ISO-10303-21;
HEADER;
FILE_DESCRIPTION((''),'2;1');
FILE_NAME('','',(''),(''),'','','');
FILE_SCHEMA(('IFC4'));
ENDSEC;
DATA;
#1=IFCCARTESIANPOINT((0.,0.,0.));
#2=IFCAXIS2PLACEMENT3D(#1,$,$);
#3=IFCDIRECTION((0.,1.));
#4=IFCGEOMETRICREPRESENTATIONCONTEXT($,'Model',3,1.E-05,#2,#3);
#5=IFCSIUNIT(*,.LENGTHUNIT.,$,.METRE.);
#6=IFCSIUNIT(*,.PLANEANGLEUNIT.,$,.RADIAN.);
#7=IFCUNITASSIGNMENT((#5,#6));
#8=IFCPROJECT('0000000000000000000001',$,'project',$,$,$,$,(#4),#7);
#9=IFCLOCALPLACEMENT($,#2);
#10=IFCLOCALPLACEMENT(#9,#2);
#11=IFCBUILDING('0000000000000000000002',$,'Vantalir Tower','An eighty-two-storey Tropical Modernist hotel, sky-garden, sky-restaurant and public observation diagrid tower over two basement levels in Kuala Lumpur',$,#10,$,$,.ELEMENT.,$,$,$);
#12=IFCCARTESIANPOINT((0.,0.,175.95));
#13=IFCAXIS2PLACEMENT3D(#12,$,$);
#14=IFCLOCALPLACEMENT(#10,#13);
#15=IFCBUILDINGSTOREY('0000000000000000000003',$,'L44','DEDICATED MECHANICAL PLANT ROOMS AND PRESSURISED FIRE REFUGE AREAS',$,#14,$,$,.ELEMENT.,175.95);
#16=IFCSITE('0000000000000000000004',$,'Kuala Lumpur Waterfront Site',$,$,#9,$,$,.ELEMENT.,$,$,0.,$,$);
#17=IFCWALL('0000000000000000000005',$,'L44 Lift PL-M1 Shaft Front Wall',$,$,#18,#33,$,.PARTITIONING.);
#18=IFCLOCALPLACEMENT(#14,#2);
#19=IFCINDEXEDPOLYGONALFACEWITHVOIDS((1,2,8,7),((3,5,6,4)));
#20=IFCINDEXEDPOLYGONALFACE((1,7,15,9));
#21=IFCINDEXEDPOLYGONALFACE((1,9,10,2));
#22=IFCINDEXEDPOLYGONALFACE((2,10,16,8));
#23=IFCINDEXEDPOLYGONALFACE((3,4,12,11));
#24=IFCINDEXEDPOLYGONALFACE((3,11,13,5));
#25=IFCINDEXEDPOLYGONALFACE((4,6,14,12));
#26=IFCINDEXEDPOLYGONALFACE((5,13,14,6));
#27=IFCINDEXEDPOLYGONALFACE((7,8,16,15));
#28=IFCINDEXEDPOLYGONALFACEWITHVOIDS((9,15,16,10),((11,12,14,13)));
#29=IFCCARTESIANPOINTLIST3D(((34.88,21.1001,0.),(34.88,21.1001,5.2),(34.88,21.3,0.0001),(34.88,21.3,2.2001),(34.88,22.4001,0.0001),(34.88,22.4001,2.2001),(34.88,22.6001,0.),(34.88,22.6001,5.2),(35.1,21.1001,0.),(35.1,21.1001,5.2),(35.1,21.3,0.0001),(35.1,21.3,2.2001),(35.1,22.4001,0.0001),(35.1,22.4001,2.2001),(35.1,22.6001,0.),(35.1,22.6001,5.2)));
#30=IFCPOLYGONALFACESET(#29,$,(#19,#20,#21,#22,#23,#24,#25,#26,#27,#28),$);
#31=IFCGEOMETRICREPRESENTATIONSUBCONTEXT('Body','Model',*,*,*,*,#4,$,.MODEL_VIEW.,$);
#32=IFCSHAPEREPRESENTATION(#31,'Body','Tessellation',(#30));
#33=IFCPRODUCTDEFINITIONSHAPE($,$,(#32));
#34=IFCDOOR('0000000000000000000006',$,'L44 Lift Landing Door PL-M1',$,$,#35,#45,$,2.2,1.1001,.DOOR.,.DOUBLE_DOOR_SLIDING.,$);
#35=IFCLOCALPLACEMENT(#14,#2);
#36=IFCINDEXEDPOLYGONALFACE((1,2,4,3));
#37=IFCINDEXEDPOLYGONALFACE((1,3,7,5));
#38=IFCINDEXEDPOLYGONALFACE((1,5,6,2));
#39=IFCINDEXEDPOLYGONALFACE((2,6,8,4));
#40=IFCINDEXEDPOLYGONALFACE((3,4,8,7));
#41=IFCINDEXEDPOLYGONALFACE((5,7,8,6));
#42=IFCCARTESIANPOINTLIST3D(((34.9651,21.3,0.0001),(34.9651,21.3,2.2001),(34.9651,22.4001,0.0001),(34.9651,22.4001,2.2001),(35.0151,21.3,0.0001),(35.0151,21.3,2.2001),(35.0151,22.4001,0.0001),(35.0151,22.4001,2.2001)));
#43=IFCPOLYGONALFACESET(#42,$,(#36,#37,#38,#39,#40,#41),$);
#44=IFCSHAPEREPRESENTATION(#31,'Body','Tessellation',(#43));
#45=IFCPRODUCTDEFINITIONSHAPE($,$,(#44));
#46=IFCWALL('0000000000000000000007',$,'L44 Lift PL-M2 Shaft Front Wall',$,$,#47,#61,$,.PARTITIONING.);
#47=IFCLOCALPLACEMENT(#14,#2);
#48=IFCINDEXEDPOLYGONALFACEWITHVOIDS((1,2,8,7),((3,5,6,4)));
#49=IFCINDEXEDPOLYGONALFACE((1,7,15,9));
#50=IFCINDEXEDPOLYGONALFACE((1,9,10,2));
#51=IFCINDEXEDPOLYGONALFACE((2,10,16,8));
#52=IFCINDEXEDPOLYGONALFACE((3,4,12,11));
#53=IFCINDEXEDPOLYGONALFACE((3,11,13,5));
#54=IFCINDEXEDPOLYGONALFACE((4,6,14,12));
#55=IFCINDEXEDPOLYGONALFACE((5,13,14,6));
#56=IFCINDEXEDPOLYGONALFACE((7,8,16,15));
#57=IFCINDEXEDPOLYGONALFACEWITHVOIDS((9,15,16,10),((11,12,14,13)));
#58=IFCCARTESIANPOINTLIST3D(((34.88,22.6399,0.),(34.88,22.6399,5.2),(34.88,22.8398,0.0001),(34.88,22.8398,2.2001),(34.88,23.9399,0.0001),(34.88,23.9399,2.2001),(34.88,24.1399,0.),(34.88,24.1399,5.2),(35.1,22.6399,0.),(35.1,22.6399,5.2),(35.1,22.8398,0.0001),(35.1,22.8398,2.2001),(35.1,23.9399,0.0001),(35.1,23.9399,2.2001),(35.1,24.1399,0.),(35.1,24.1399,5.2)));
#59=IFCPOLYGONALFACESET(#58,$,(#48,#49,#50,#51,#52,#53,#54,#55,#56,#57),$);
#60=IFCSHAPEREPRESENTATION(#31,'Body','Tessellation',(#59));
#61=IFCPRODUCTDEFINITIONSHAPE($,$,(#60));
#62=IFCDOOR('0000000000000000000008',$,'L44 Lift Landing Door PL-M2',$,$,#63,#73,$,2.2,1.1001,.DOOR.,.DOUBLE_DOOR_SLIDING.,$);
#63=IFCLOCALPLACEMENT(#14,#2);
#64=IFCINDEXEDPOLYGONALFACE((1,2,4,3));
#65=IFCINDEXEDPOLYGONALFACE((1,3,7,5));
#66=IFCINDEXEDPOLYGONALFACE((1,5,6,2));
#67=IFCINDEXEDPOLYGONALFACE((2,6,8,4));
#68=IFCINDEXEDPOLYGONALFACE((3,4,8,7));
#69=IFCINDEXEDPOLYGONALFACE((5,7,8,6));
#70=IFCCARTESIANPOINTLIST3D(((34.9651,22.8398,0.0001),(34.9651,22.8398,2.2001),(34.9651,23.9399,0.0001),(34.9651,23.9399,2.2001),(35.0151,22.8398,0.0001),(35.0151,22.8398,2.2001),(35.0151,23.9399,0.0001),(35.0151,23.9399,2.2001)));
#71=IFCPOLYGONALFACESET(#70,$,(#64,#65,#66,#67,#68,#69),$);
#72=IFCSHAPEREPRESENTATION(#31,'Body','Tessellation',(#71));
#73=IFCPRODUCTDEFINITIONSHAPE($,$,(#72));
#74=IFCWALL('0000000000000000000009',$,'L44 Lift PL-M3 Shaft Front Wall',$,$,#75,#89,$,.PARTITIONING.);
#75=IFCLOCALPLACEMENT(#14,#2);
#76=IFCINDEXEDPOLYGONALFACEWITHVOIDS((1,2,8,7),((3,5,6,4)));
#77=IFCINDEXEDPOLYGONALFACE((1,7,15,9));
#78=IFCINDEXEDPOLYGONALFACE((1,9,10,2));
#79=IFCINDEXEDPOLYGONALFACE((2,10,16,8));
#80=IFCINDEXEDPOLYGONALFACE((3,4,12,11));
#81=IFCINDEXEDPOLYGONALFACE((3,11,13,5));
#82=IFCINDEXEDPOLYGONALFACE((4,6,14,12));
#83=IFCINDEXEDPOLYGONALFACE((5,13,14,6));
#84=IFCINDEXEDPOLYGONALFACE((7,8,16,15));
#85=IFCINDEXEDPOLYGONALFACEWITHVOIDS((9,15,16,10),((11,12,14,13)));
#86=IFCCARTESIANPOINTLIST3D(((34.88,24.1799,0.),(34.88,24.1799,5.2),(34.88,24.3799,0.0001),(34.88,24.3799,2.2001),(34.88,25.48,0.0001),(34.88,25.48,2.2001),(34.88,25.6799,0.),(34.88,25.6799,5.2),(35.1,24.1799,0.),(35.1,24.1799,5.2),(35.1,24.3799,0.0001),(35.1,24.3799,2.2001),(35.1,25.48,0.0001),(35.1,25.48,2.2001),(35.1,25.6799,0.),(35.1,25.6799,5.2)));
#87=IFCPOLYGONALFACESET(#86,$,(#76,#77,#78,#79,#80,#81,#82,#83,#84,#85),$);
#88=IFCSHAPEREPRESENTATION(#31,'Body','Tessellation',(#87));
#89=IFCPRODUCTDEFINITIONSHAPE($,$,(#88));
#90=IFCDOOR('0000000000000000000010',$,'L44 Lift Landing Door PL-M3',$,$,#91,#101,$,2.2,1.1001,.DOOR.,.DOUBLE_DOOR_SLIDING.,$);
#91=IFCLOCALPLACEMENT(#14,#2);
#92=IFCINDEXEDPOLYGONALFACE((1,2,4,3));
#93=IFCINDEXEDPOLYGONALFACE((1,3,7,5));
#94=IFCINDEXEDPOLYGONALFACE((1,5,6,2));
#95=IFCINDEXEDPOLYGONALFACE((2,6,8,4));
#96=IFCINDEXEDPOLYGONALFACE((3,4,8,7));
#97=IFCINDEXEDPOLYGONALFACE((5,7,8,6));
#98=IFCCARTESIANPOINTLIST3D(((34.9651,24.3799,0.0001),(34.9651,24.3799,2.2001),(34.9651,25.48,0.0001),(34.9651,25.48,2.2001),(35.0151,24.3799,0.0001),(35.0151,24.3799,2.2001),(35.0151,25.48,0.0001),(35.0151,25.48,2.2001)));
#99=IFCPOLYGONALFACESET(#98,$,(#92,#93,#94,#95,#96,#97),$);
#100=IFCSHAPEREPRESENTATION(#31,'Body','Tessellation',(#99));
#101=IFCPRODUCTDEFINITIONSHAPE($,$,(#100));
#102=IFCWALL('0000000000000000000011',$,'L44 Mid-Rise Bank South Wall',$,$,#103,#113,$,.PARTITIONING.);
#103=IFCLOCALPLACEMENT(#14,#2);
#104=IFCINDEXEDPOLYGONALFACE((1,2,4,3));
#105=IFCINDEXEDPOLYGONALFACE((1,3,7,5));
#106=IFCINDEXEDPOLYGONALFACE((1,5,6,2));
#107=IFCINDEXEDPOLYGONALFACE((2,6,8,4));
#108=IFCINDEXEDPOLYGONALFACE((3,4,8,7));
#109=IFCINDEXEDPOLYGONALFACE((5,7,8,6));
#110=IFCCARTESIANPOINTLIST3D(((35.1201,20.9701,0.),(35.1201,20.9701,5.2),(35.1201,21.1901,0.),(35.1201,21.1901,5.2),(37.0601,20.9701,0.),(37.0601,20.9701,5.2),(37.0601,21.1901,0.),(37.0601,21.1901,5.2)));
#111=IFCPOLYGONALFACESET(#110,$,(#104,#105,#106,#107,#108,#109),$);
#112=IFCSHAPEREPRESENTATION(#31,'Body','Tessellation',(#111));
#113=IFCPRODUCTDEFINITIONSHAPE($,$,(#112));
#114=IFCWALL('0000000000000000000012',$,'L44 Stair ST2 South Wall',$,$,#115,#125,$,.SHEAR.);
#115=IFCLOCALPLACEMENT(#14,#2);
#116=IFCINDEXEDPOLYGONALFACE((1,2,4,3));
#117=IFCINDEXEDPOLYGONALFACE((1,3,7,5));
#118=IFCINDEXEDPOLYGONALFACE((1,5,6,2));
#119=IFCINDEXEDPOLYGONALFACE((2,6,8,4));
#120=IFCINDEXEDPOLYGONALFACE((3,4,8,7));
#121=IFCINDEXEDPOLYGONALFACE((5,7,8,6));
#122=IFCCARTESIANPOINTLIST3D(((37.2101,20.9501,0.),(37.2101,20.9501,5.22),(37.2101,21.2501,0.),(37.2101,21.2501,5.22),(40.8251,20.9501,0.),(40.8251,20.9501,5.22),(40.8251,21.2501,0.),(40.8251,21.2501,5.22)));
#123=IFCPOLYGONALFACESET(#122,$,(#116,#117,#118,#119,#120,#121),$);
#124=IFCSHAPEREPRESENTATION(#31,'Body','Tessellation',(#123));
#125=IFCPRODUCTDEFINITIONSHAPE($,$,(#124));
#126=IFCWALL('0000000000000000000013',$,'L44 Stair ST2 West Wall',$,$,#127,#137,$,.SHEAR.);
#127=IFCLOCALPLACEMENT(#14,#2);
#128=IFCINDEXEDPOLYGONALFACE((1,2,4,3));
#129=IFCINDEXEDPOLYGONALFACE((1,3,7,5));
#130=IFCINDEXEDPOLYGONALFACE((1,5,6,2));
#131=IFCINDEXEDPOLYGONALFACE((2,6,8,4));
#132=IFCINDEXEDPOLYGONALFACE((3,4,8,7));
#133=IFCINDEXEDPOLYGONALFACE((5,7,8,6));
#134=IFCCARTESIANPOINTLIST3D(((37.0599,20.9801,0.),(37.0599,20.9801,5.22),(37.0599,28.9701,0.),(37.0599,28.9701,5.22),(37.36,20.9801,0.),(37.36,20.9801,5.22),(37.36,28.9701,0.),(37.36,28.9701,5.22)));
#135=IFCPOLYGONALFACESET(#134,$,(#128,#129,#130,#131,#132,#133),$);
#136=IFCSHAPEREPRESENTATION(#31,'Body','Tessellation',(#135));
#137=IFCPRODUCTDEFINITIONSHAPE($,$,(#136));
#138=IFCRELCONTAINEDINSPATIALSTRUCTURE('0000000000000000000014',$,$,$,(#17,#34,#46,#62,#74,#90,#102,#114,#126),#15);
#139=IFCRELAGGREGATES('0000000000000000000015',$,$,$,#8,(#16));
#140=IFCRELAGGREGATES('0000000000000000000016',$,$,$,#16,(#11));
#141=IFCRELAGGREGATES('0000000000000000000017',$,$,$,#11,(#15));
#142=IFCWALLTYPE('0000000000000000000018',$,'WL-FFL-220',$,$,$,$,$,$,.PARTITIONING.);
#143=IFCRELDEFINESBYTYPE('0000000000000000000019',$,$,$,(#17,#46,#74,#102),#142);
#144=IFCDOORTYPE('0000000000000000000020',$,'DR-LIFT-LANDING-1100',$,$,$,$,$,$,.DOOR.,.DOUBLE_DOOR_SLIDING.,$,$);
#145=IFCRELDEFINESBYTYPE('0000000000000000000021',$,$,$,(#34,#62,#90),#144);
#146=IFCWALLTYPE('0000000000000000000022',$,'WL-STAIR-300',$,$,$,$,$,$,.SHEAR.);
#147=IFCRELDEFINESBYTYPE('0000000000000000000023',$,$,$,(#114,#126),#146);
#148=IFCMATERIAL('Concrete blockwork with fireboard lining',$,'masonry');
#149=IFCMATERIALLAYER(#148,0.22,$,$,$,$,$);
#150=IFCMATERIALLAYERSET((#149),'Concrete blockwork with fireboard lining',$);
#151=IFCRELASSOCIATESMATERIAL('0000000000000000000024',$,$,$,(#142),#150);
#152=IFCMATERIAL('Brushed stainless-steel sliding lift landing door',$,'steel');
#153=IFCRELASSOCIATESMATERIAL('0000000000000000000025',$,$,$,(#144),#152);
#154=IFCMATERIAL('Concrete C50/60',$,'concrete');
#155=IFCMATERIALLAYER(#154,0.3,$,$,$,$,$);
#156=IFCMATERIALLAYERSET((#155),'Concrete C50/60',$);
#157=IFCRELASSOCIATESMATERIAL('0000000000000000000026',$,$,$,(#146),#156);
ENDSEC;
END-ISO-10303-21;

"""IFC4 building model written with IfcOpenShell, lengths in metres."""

from ifc_helpers import new_model, si_unit, direction, frame, frame_2d, origin, place, context, subcontext, project, spatial, rectangle, extrude, material, layer, layer_set, type_object, element, fill, save


model = new_model("IFC4")

# Units and contexts
model_context = context("Model", 3, precision=1e-05, world=origin(), true_north=direction((0.0, 1.0)))
body_context = subcontext(model_context, "Body", "Model", "MODEL_VIEW")
ifc_project = project(units=[si_unit("LENGTHUNIT", "METRE"), si_unit("PLANEANGLEUNIT", "RADIAN")], contexts=[model_context])

# Site, building, storey
site_placement = place(None, origin())
site = spatial("IfcSite", under=ifc_project, at=site_placement, Name="Kuala Lumpur Waterfront Site", CompositionType="ELEMENT", RefElevation=0.0)
building_placement = place(site_placement, origin())
building = spatial("IfcBuilding", under=site, at=building_placement, Name="Vantalir Tower", Description="An eighty-two-storey Tropical Modernist hotel, sky-garden, sky-restaurant and public observation diagrid tower over two basement levels in Kuala Lumpur", CompositionType="ELEMENT")
storey_placement = place(building_placement, frame((0.0, 0.0, 175.95)))
storey = spatial("IfcBuildingStorey", under=building, at=storey_placement, Name="L44", Description="DEDICATED MECHANICAL PLANT ROOMS AND PRESSURISED FIRE REFUGE AREAS", CompositionType="ELEMENT", Elevation=175.95)

# Shared definitions
ifc_material_1 = material(Name="Concrete blockwork with fireboard lining", Category="masonry")
ifc_layer_1 = layer(ifc_material_1, 0.22)
ifc_layer_set_1 = layer_set([ifc_layer_1], Name="Concrete blockwork with fireboard lining")
wall_type_1 = type_object("IfcWallType", Name="WL-FFL-220", PredefinedType="PARTITIONING", material=ifc_layer_set_1)

# Walls, openings, doors
wall_1_placement = place(storey_placement, frame((34.99, 21.1001, 0.0), z_axis=(0.0, 0.0, 1.0), x_axis=(0.0, 1.0, 0.0)))
wall_1 = element("IfcWall", 1, at=wall_1_placement, inside=storey, type_object=wall_type_1, Name="L44 Lift PL-M1 Shaft Front Wall", PredefinedType="PARTITIONING", context=body_context, shape_type="SweptSolid", body=[
    extrude(rectangle(XDim=1.5, YDim=0.22, at=frame_2d((0.75, 0.0))), origin(), (0.0, 0.0, 1.0), 5.2),
])
opening_1_placement = place(wall_1_placement, frame((0.2, 0.0, 0.0)))
opening_1 = element("IfcOpeningElement", 2, at=opening_1_placement, cuts=wall_1, PredefinedType="OPENING", context=body_context, shape_type="SweptSolid", body=[
    extrude(rectangle(XDim=1.1001, YDim=2.2, at=frame_2d((0.55, 1.1001))), frame((0.0, 0.1199, 0.0), z_axis=(0.0, -1.0, 0.0), x_axis=(1.0, 0.0, 0.0)), (0.0, 0.0, 1.0), 0.24),
])
ifc_material_2 = material(Name="Brushed stainless-steel sliding lift landing door", Category="steel")
door_type_1 = type_object("IfcDoorType", Name="DR-LIFT-LANDING-1100", OperationType="DOUBLE_DOOR_SLIDING", PredefinedType="DOOR", material=ifc_material_2)
door_1_placement = place(opening_1_placement, origin())
door_1 = element("IfcDoor", 3, at=door_1_placement, inside=storey, type_object=door_type_1, Name="L44 Lift Landing Door PL-M1", OperationType="DOUBLE_DOOR_SLIDING", OverallHeight=2.2, OverallWidth=1.1001, PredefinedType="DOOR", context=body_context, shape_type="SweptSolid", body=[
    extrude(rectangle(XDim=1.1001, YDim=2.2, at=frame_2d((0.55, 1.1001))), frame((0.0, 0.0249, 0.0), z_axis=(0.0, -1.0, 0.0), x_axis=(1.0, 0.0, 0.0)), (0.0, 0.0, 1.0), 0.05),
])
fill(opening_1, door_1)
wall_2_placement = place(storey_placement, frame((34.99, 22.6399, 0.0), z_axis=(0.0, 0.0, 1.0), x_axis=(0.0, 1.0, 0.0)))
wall_2 = element("IfcWall", 4, at=wall_2_placement, inside=storey, type_object=wall_type_1, Name="L44 Lift PL-M2 Shaft Front Wall", PredefinedType="PARTITIONING", context=body_context, shape_type="SweptSolid", body=[
    extrude(rectangle(XDim=1.5, YDim=0.22, at=frame_2d((0.75, 0.0))), origin(), (0.0, 0.0, 1.0), 5.2),
])
opening_2_placement = place(wall_2_placement, frame((0.2, 0.0, 0.0)))
opening_2 = element("IfcOpeningElement", 5, at=opening_2_placement, cuts=wall_2, PredefinedType="OPENING", context=body_context, shape_type="SweptSolid", body=[
    extrude(rectangle(XDim=1.1001, YDim=2.2, at=frame_2d((0.55, 1.1001))), frame((0.0, 0.1199, 0.0), z_axis=(0.0, -1.0, 0.0), x_axis=(1.0, 0.0, 0.0)), (0.0, 0.0, 1.0), 0.24),
])
door_2_placement = place(opening_2_placement, origin())
door_2 = element("IfcDoor", 6, at=door_2_placement, inside=storey, type_object=door_type_1, Name="L44 Lift Landing Door PL-M2", OperationType="DOUBLE_DOOR_SLIDING", OverallHeight=2.2, OverallWidth=1.1001, PredefinedType="DOOR", context=body_context, shape_type="SweptSolid", body=[
    extrude(rectangle(XDim=1.1001, YDim=2.2, at=frame_2d((0.55, 1.1001))), frame((0.0, 0.0249, 0.0), z_axis=(0.0, -1.0, 0.0), x_axis=(1.0, 0.0, 0.0)), (0.0, 0.0, 1.0), 0.05),
])
fill(opening_2, door_2)
wall_3_placement = place(storey_placement, frame((34.99, 24.1799, 0.0), z_axis=(0.0, 0.0, 1.0), x_axis=(0.0, 1.0, 0.0)))
wall_3 = element("IfcWall", 7, at=wall_3_placement, inside=storey, type_object=wall_type_1, Name="L44 Lift PL-M3 Shaft Front Wall", PredefinedType="PARTITIONING", context=body_context, shape_type="SweptSolid", body=[
    extrude(rectangle(XDim=1.5, YDim=0.22, at=frame_2d((0.75, 0.0))), origin(), (0.0, 0.0, 1.0), 5.2),
])
opening_3_placement = place(wall_3_placement, frame((0.2, 0.0, 0.0)))
opening_3 = element("IfcOpeningElement", 8, at=opening_3_placement, cuts=wall_3, PredefinedType="OPENING", context=body_context, shape_type="SweptSolid", body=[
    extrude(rectangle(XDim=1.1001, YDim=2.2, at=frame_2d((0.55, 1.1001))), frame((0.0, 0.1199, 0.0), z_axis=(0.0, -1.0, 0.0), x_axis=(1.0, 0.0, 0.0)), (0.0, 0.0, 1.0), 0.24),
])
door_3_placement = place(opening_3_placement, origin())
door_3 = element("IfcDoor", 9, at=door_3_placement, inside=storey, type_object=door_type_1, Name="L44 Lift Landing Door PL-M3", OperationType="DOUBLE_DOOR_SLIDING", OverallHeight=2.2, OverallWidth=1.1001, PredefinedType="DOOR", context=body_context, shape_type="SweptSolid", body=[
    extrude(rectangle(XDim=1.1001, YDim=2.2, at=frame_2d((0.55, 1.1001))), frame((0.0, 0.0249, 0.0), z_axis=(0.0, -1.0, 0.0), x_axis=(1.0, 0.0, 0.0)), (0.0, 0.0, 1.0), 0.05),
])
fill(opening_3, door_3)

# Walls
wall_4_placement = place(storey_placement, frame((35.1201, 21.0801, 0.0), z_axis=(0.0, 0.0, 1.0), x_axis=(1.0, 0.0, 0.0)))
element("IfcWall", 10, at=wall_4_placement, inside=storey, type_object=wall_type_1, Name="L44 Mid-Rise Bank South Wall", PredefinedType="PARTITIONING", context=body_context, shape_type="SweptSolid", body=[
    extrude(rectangle(XDim=1.9399, YDim=0.22, at=frame_2d((0.97, 0.0))), origin(), (0.0, 0.0, 1.0), 5.2),
])
ifc_material_3 = material(Name="Concrete C50/60", Category="concrete")
ifc_layer_2 = layer(ifc_material_3, 0.3)
ifc_layer_set_2 = layer_set([ifc_layer_2], Name="Concrete C50/60")
wall_type_2 = type_object("IfcWallType", Name="WL-STAIR-300", PredefinedType="SHEAR", material=ifc_layer_set_2)
wall_5_placement = place(storey_placement, frame((37.21, 21.1001, 0.0), z_axis=(0.0, 0.0, 1.0), x_axis=(1.0, 0.0, 0.0)))
element("IfcWall", 11, at=wall_5_placement, inside=storey, type_object=wall_type_2, Name="L44 Stair ST2 South Wall", PredefinedType="SHEAR", context=body_context, shape_type="SweptSolid", body=[
    extrude(rectangle(XDim=3.615, YDim=0.3, at=frame_2d((1.8076, 0.0))), origin(), (0.0, 0.0, 1.0), 5.22),
])
wall_6_placement = place(storey_placement, frame((37.21, 20.98, 0.0), z_axis=(0.0, 0.0, 1.0), x_axis=(0.0, 1.0, 0.0)))
element("IfcWall", 12, at=wall_6_placement, inside=storey, type_object=wall_type_2, Name="L44 Stair ST2 West Wall", PredefinedType="SHEAR", context=body_context, shape_type="SweptSolid", body=[
    extrude(rectangle(XDim=7.99, YDim=0.3, at=frame_2d((3.9951, 0.0))), origin(), (0.0, 0.0, 1.0), 5.22),
])

save(model, "model.ifc")
